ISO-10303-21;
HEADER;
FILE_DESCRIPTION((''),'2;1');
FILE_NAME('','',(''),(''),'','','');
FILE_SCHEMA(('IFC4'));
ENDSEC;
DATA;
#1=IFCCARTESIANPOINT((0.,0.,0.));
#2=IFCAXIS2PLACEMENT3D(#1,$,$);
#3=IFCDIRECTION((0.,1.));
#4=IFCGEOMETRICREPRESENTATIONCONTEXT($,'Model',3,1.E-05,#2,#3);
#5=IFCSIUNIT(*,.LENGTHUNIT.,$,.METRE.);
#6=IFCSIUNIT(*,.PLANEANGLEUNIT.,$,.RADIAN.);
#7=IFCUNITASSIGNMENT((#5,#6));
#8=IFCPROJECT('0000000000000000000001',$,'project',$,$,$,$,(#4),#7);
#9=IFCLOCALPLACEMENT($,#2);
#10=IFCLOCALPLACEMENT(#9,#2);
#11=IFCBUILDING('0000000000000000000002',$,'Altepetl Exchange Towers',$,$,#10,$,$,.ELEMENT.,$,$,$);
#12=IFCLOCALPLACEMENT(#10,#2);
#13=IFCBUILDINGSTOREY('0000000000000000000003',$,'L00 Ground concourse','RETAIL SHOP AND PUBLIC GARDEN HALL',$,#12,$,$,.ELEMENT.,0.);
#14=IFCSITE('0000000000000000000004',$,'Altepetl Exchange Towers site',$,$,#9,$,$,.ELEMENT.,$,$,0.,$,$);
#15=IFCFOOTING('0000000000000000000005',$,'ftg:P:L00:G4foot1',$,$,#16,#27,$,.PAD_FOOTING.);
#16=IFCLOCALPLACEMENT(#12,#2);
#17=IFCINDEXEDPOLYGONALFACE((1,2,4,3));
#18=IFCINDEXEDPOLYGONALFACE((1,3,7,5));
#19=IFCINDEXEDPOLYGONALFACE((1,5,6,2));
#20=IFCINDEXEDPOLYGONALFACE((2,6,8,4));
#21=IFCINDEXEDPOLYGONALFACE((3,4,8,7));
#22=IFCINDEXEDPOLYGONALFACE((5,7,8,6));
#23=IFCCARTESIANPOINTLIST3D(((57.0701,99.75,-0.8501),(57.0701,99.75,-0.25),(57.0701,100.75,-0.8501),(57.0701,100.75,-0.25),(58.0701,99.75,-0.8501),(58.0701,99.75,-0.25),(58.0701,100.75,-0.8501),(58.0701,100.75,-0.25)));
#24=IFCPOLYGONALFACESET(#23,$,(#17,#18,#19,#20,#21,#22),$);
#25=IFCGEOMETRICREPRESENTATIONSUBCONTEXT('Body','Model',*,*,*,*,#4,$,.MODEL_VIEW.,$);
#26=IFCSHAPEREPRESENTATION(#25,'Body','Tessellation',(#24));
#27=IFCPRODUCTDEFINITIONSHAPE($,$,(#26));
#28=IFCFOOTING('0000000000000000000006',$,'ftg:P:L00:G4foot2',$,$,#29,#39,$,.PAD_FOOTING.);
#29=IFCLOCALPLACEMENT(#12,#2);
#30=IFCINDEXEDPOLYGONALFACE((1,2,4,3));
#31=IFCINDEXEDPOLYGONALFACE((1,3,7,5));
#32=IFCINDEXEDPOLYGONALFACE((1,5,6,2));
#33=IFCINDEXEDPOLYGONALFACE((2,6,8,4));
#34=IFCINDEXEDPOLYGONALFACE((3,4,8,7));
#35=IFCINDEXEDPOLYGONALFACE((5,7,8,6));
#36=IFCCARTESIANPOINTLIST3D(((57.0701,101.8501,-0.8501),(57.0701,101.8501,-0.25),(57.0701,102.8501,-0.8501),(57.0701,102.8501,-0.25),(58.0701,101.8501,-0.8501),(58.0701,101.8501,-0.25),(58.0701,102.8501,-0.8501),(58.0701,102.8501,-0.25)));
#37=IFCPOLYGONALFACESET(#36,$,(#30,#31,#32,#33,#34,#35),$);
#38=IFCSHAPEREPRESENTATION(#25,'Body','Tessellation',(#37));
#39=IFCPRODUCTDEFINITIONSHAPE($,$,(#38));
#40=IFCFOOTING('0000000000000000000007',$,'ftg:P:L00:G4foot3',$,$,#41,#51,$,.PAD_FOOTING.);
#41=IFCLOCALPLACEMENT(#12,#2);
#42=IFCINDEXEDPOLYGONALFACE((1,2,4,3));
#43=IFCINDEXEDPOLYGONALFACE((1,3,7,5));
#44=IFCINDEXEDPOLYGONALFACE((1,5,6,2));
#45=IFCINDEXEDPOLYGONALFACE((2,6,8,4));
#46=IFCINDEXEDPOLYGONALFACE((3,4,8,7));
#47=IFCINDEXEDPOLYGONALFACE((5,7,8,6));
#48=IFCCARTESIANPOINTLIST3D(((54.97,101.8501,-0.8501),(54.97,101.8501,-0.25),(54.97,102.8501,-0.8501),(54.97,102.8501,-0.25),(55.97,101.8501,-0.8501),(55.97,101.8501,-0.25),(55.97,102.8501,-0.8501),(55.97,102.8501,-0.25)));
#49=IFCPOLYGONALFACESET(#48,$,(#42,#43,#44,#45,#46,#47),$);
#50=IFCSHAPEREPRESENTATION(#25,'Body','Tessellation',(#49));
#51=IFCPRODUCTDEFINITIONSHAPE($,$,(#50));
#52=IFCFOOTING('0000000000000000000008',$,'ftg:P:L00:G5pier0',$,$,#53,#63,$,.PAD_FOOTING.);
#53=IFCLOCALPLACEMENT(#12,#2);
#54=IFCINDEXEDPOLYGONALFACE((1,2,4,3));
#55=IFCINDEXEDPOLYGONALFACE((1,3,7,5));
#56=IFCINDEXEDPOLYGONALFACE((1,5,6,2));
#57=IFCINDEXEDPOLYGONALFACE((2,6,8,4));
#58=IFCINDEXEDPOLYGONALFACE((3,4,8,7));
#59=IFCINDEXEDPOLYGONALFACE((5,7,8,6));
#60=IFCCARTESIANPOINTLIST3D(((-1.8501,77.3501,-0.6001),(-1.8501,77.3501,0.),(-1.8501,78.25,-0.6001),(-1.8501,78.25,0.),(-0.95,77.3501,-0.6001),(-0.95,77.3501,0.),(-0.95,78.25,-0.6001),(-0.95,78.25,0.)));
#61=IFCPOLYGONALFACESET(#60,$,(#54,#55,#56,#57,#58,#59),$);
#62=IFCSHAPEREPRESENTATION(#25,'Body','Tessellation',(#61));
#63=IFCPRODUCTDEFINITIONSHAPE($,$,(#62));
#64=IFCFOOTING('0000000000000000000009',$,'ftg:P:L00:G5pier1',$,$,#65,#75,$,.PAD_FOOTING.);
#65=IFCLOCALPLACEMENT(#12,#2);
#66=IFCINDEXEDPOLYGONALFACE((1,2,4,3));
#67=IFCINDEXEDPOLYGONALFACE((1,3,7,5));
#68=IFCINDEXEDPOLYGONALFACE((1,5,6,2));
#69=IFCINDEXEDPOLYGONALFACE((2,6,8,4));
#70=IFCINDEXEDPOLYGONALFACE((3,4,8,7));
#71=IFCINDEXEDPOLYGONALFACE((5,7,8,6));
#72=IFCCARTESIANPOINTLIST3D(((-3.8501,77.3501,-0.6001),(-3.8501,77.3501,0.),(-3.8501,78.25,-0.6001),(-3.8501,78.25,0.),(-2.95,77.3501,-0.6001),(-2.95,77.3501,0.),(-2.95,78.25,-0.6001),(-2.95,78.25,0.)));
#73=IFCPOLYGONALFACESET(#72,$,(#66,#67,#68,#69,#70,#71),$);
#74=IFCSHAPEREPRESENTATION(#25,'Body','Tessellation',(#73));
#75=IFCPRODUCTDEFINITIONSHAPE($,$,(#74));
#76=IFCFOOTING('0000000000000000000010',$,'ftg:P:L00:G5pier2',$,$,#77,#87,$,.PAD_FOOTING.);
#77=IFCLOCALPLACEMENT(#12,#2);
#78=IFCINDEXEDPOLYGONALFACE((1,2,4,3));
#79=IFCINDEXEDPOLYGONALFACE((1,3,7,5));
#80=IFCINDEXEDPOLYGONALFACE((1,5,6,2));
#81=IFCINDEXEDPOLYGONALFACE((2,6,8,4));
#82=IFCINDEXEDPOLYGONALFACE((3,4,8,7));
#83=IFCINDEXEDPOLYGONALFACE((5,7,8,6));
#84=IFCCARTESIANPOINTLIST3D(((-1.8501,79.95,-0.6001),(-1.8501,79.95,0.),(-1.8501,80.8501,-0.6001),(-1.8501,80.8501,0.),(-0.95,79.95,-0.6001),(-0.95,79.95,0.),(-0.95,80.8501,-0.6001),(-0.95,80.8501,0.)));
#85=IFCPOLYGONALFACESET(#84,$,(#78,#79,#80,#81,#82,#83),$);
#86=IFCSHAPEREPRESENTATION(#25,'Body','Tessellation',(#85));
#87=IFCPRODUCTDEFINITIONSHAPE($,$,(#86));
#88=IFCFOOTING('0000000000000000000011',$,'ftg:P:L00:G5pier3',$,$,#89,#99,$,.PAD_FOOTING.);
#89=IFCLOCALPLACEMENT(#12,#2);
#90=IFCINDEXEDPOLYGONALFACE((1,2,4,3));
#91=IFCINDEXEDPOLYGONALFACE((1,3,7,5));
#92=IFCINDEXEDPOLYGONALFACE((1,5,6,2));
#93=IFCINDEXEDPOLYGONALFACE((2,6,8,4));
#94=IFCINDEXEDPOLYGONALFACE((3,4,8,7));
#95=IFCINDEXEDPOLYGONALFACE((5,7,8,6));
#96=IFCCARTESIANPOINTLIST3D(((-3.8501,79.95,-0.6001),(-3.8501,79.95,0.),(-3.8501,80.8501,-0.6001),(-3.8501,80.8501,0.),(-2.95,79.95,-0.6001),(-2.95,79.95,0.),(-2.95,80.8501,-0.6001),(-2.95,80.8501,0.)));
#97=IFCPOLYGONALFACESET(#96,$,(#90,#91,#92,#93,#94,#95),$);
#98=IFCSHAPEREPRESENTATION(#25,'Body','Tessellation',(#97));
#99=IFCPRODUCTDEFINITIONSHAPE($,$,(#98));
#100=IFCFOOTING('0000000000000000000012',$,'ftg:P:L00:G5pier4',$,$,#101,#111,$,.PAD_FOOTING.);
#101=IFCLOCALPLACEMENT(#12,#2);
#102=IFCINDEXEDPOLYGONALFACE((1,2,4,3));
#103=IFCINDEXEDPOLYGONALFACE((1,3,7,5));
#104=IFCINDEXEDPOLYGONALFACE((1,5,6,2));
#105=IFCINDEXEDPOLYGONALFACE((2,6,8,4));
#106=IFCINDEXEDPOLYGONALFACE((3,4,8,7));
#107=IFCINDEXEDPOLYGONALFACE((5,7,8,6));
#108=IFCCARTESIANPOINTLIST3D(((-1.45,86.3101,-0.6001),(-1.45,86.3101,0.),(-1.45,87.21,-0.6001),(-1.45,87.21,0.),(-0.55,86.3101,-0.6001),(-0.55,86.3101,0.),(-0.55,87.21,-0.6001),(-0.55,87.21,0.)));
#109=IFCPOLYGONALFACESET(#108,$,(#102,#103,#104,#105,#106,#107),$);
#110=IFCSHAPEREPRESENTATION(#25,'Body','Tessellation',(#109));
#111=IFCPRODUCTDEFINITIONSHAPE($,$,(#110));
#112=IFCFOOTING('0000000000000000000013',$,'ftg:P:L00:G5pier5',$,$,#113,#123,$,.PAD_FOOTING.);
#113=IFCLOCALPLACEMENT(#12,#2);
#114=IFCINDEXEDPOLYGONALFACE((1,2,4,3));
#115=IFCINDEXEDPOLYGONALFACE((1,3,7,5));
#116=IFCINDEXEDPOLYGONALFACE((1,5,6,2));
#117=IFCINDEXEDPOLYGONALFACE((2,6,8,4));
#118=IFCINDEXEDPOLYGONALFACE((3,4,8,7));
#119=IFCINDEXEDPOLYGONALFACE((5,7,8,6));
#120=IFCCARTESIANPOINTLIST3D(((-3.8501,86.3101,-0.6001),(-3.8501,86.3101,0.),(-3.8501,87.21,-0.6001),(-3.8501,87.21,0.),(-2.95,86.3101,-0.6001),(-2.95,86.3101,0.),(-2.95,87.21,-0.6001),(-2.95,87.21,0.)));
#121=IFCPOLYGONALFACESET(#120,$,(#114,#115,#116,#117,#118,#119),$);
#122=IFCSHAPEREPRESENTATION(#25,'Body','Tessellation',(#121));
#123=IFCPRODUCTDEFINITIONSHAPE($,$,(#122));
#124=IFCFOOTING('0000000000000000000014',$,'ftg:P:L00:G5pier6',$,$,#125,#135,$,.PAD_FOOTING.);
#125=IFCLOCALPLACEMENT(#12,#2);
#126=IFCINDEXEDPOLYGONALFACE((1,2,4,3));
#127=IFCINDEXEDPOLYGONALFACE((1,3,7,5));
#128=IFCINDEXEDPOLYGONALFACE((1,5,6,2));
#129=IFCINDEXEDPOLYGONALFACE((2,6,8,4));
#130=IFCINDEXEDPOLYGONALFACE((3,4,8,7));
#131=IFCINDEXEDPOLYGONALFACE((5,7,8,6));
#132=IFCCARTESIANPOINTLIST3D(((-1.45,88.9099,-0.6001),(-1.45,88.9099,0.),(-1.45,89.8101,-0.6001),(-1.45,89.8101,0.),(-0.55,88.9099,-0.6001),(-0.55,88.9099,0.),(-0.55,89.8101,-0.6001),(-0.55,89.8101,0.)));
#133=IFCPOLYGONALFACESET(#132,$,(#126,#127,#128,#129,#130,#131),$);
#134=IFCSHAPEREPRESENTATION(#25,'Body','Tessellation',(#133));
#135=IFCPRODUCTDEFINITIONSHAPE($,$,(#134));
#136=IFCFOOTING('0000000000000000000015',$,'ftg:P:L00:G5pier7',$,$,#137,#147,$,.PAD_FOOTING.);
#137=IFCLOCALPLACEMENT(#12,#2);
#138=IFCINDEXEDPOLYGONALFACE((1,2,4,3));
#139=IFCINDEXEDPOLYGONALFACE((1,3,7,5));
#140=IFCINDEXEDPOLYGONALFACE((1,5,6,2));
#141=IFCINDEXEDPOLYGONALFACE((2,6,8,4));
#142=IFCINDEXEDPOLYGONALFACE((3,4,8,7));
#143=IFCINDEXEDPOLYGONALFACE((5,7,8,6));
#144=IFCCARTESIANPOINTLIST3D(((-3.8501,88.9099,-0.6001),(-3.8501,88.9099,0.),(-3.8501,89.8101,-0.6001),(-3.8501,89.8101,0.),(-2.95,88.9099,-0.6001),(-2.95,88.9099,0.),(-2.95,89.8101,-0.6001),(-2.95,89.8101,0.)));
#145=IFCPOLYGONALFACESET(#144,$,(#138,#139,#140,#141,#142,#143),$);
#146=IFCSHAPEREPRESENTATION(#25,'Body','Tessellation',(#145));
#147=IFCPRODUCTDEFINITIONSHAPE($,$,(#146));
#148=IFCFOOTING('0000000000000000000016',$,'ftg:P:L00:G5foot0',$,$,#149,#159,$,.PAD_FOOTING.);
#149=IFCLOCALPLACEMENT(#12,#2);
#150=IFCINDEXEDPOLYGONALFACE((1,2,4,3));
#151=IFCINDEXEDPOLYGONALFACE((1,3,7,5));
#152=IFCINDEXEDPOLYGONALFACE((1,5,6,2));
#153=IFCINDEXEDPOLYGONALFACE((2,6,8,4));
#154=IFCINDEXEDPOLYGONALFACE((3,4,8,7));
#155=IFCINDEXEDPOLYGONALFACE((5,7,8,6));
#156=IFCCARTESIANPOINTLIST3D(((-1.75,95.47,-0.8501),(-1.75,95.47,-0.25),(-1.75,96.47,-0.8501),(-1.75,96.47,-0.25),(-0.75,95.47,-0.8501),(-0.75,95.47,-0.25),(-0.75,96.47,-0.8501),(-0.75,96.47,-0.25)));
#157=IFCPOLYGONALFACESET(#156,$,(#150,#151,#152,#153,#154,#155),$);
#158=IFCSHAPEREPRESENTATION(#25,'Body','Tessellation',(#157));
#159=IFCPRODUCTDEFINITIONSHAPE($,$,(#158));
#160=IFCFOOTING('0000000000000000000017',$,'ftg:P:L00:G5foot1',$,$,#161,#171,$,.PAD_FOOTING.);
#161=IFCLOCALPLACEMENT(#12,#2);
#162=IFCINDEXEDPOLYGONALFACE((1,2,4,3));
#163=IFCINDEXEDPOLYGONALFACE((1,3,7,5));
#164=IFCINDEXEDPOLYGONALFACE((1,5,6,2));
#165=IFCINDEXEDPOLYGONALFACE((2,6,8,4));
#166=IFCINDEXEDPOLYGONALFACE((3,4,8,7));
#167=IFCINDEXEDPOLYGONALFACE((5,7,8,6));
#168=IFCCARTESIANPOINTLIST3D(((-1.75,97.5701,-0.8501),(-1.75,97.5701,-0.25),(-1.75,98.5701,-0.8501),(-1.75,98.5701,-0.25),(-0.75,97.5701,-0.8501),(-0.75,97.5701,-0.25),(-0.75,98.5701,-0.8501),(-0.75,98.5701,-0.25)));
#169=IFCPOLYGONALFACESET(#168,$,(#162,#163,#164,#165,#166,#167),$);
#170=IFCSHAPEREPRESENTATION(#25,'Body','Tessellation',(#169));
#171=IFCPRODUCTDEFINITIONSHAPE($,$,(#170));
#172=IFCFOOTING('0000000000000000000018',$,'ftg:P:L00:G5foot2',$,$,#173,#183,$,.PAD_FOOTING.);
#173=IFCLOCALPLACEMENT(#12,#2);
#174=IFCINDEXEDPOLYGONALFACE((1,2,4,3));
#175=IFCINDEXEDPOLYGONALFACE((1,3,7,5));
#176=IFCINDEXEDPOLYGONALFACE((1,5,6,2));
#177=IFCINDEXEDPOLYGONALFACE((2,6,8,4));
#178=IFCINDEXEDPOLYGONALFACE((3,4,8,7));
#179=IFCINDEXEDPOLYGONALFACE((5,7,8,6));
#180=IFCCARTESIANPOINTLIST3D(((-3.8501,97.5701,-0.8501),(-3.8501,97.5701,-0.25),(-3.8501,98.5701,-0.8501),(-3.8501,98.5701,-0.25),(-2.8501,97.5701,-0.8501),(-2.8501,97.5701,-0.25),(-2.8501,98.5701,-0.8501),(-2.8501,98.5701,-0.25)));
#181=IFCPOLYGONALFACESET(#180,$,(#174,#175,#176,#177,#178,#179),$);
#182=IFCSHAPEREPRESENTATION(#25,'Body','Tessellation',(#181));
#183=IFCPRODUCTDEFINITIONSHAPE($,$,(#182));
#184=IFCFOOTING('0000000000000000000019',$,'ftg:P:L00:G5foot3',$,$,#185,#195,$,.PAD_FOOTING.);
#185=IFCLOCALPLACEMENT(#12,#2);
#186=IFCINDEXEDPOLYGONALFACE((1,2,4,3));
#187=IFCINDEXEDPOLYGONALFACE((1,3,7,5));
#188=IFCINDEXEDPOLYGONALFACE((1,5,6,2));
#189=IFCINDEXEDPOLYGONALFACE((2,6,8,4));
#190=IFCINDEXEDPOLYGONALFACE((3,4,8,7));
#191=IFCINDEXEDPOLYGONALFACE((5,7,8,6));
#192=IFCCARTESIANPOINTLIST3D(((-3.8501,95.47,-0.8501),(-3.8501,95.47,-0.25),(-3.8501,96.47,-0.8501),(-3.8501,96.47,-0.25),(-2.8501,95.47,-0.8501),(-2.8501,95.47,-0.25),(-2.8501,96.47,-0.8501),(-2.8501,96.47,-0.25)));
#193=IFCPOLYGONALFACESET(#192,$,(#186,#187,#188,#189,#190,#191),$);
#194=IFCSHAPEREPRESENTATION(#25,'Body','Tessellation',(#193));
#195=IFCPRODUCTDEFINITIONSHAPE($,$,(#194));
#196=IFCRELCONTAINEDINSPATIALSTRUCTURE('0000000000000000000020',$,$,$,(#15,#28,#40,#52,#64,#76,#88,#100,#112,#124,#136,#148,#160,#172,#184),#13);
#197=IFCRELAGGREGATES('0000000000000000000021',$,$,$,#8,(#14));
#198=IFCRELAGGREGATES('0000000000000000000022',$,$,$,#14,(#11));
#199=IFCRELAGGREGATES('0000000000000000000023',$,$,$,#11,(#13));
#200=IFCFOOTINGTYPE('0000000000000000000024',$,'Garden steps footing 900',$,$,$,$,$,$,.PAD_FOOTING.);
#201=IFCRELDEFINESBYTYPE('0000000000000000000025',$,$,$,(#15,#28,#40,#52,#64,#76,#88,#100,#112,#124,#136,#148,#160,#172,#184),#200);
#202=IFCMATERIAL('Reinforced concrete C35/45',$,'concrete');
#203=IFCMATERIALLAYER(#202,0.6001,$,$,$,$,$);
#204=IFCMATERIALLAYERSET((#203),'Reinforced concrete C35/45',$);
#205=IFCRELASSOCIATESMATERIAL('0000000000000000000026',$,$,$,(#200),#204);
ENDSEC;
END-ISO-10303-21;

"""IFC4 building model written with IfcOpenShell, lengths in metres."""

from ifc_helpers import new_model, si_unit, direction, frame, origin, place, context, subcontext, project, spatial, polyline, outline, extrude, material, layer, layer_set, type_object, element, save


model = new_model("IFC4")

# Units and contexts
model_context = context("Model", 3, precision=1e-05, world=origin(), true_north=direction((0.0, 1.0)))
body_context = subcontext(model_context, "Body", "Model", "MODEL_VIEW")
ifc_project = project(units=[si_unit("LENGTHUNIT", "METRE"), si_unit("PLANEANGLEUNIT", "RADIAN")], contexts=[model_context])

# Site, building, storey
site_placement = place(None, origin())
site = spatial("IfcSite", under=ifc_project, at=site_placement, Name="Altepetl Exchange Towers site", CompositionType="ELEMENT", RefElevation=0.0)
building_placement = place(site_placement, origin())
building = spatial("IfcBuilding", under=site, at=building_placement, Name="Altepetl Exchange Towers", CompositionType="ELEMENT")
storey_placement = place(building_placement, origin())
storey = spatial("IfcBuildingStorey", under=building, at=storey_placement, Name="L00 Ground concourse", Description="RETAIL SHOP AND PUBLIC GARDEN HALL", CompositionType="ELEMENT", Elevation=0.0)

# Footings
ifc_material_1 = material(Name="Reinforced concrete C35/45", Category="concrete")
ifc_layer_1 = layer(ifc_material_1, 0.6001)
ifc_layer_set_1 = layer_set([ifc_layer_1], Name="Reinforced concrete C35/45")
footing_type = type_object("IfcFootingType", Name="Garden steps footing 900", PredefinedType="PAD_FOOTING", material=ifc_layer_set_1)
footing_1_placement = place(storey_placement, frame((0.0, 0.0, -0.8501)))
element("IfcFooting", 1, at=footing_1_placement, inside=storey, type_object=footing_type, Name="ftg:P:L00:G4foot1", PredefinedType="PAD_FOOTING", context=body_context, shape_type="SweptSolid", body=[
    extrude(outline(polyline([(57.0701, 99.75), (58.0701, 99.75), (58.0701, 100.75), (57.0701, 100.75), (57.0701, 99.75)])), origin(), (0.0, 0.0, 1.0), 0.6001),
])
footing_2_placement = place(storey_placement, frame((0.0, 0.0, -0.8501)))
element("IfcFooting", 2, at=footing_2_placement, inside=storey, type_object=footing_type, Name="ftg:P:L00:G4foot2", PredefinedType="PAD_FOOTING", context=body_context, shape_type="SweptSolid", body=[
    extrude(outline(polyline([(57.0701, 101.8501), (58.0701, 101.8501), (58.0701, 102.8501), (57.0701, 102.8501), (57.0701, 101.8501)])), origin(), (0.0, 0.0, 1.0), 0.6001),
])
footing_3_placement = place(storey_placement, frame((0.0, 0.0, -0.8501)))
element("IfcFooting", 3, at=footing_3_placement, inside=storey, type_object=footing_type, Name="ftg:P:L00:G4foot3", PredefinedType="PAD_FOOTING", context=body_context, shape_type="SweptSolid", body=[
    extrude(outline(polyline([(54.97, 101.8501), (55.97, 101.8501), (55.97, 102.8501), (54.97, 102.8501), (54.97, 101.8501)])), origin(), (0.0, 0.0, 1.0), 0.6001),
])
footing_4_placement = place(storey_placement, frame((0.0, 0.0, -0.6001)))
element("IfcFooting", 4, at=footing_4_placement, inside=storey, type_object=footing_type, Name="ftg:P:L00:G5pier0", PredefinedType="PAD_FOOTING", context=body_context, shape_type="SweptSolid", body=[
    extrude(outline(polyline([(-1.8501, 77.3501), (-0.95, 77.3501), (-0.95, 78.25), (-1.8501, 78.25), (-1.8501, 77.3501)])), origin(), (0.0, 0.0, 1.0), 0.6001),
])
footing_5_placement = place(storey_placement, frame((0.0, 0.0, -0.6001)))
element("IfcFooting", 5, at=footing_5_placement, inside=storey, type_object=footing_type, Name="ftg:P:L00:G5pier1", PredefinedType="PAD_FOOTING", context=body_context, shape_type="SweptSolid", body=[
    extrude(outline(polyline([(-3.8501, 77.3501), (-2.95, 77.3501), (-2.95, 78.25), (-3.8501, 78.25), (-3.8501, 77.3501)])), origin(), (0.0, 0.0, 1.0), 0.6001),
])
footing_6_placement = place(storey_placement, frame((0.0, 0.0, -0.6001)))
element("IfcFooting", 6, at=footing_6_placement, inside=storey, type_object=footing_type, Name="ftg:P:L00:G5pier2", PredefinedType="PAD_FOOTING", context=body_context, shape_type="SweptSolid", body=[
    extrude(outline(polyline([(-1.8501, 79.95), (-0.95, 79.95), (-0.95, 80.8501), (-1.8501, 80.8501), (-1.8501, 79.95)])), origin(), (0.0, 0.0, 1.0), 0.6001),
])
footing_7_placement = place(storey_placement, frame((0.0, 0.0, -0.6001)))
element("IfcFooting", 7, at=footing_7_placement, inside=storey, type_object=footing_type, Name="ftg:P:L00:G5pier3", PredefinedType="PAD_FOOTING", context=body_context, shape_type="SweptSolid", body=[
    extrude(outline(polyline([(-3.8501, 79.95), (-2.95, 79.95), (-2.95, 80.8501), (-3.8501, 80.8501), (-3.8501, 79.95)])), origin(), (0.0, 0.0, 1.0), 0.6001),
])
footing_8_placement = place(storey_placement, frame((0.0, 0.0, -0.6001)))
element("IfcFooting", 8, at=footing_8_placement, inside=storey, type_object=footing_type, Name="ftg:P:L00:G5pier4", PredefinedType="PAD_FOOTING", context=body_context, shape_type="SweptSolid", body=[
    extrude(outline(polyline([(-1.45, 86.3101), (-0.55, 86.3101), (-0.55, 87.21), (-1.45, 87.21), (-1.45, 86.3101)])), origin(), (0.0, 0.0, 1.0), 0.6001),
])
footing_9_placement = place(storey_placement, frame((0.0, 0.0, -0.6001)))
element("IfcFooting", 9, at=footing_9_placement, inside=storey, type_object=footing_type, Name="ftg:P:L00:G5pier5", PredefinedType="PAD_FOOTING", context=body_context, shape_type="SweptSolid", body=[
    extrude(outline(polyline([(-3.8501, 86.3101), (-2.95, 86.3101), (-2.95, 87.21), (-3.8501, 87.21), (-3.8501, 86.3101)])), origin(), (0.0, 0.0, 1.0), 0.6001),
])
footing_10_placement = place(storey_placement, frame((0.0, 0.0, -0.6001)))
element("IfcFooting", 10, at=footing_10_placement, inside=storey, type_object=footing_type, Name="ftg:P:L00:G5pier6", PredefinedType="PAD_FOOTING", context=body_context, shape_type="SweptSolid", body=[
    extrude(outline(polyline([(-1.45, 88.9099), (-0.55, 88.9099), (-0.55, 89.8101), (-1.45, 89.8101), (-1.45, 88.9099)])), origin(), (0.0, 0.0, 1.0), 0.6001),
])
footing_11_placement = place(storey_placement, frame((0.0, 0.0, -0.6001)))
element("IfcFooting", 11, at=footing_11_placement, inside=storey, type_object=footing_type, Name="ftg:P:L00:G5pier7", PredefinedType="PAD_FOOTING", context=body_context, shape_type="SweptSolid", body=[
    extrude(outline(polyline([(-3.8501, 88.9099), (-2.95, 88.9099), (-2.95, 89.8101), (-3.8501, 89.8101), (-3.8501, 88.9099)])), origin(), (0.0, 0.0, 1.0), 0.6001),
])
footing_12_placement = place(storey_placement, frame((0.0, 0.0, -0.8501)))
element("IfcFooting", 12, at=footing_12_placement, inside=storey, type_object=footing_type, Name="ftg:P:L00:G5foot0", PredefinedType="PAD_FOOTING", context=body_context, shape_type="SweptSolid", body=[
    extrude(outline(polyline([(-1.75, 95.47), (-0.75, 95.47), (-0.75, 96.47), (-1.75, 96.47), (-1.75, 95.47)])), origin(), (0.0, 0.0, 1.0), 0.6001),
])
footing_13_placement = place(storey_placement, frame((0.0, 0.0, -0.8501)))
element("IfcFooting", 13, at=footing_13_placement, inside=storey, type_object=footing_type, Name="ftg:P:L00:G5foot1", PredefinedType="PAD_FOOTING", context=body_context, shape_type="SweptSolid", body=[
    extrude(outline(polyline([(-1.75, 97.5701), (-0.75, 97.5701), (-0.75, 98.5701), (-1.75, 98.5701), (-1.75, 97.5701)])), origin(), (0.0, 0.0, 1.0), 0.6001),
])
footing_14_placement = place(storey_placement, frame((0.0, 0.0, -0.8501)))
element("IfcFooting", 14, at=footing_14_placement, inside=storey, type_object=footing_type, Name="ftg:P:L00:G5foot2", PredefinedType="PAD_FOOTING", context=body_context, shape_type="SweptSolid", body=[
    extrude(outline(polyline([(-3.8501, 97.5701), (-2.8501, 97.5701), (-2.8501, 98.5701), (-3.8501, 98.5701), (-3.8501, 97.5701)])), origin(), (0.0, 0.0, 1.0), 0.6001),
])
footing_15_placement = place(storey_placement, frame((0.0, 0.0, -0.8501)))
element("IfcFooting", 15, at=footing_15_placement, inside=storey, type_object=footing_type, Name="ftg:P:L00:G5foot3", PredefinedType="PAD_FOOTING", context=body_context, shape_type="SweptSolid", body=[
    extrude(outline(polyline([(-3.8501, 95.47), (-2.8501, 95.47), (-2.8501, 96.47), (-3.8501, 96.47), (-3.8501, 95.47)])), origin(), (0.0, 0.0, 1.0), 0.6001),
])

save(model, "model.ifc")
